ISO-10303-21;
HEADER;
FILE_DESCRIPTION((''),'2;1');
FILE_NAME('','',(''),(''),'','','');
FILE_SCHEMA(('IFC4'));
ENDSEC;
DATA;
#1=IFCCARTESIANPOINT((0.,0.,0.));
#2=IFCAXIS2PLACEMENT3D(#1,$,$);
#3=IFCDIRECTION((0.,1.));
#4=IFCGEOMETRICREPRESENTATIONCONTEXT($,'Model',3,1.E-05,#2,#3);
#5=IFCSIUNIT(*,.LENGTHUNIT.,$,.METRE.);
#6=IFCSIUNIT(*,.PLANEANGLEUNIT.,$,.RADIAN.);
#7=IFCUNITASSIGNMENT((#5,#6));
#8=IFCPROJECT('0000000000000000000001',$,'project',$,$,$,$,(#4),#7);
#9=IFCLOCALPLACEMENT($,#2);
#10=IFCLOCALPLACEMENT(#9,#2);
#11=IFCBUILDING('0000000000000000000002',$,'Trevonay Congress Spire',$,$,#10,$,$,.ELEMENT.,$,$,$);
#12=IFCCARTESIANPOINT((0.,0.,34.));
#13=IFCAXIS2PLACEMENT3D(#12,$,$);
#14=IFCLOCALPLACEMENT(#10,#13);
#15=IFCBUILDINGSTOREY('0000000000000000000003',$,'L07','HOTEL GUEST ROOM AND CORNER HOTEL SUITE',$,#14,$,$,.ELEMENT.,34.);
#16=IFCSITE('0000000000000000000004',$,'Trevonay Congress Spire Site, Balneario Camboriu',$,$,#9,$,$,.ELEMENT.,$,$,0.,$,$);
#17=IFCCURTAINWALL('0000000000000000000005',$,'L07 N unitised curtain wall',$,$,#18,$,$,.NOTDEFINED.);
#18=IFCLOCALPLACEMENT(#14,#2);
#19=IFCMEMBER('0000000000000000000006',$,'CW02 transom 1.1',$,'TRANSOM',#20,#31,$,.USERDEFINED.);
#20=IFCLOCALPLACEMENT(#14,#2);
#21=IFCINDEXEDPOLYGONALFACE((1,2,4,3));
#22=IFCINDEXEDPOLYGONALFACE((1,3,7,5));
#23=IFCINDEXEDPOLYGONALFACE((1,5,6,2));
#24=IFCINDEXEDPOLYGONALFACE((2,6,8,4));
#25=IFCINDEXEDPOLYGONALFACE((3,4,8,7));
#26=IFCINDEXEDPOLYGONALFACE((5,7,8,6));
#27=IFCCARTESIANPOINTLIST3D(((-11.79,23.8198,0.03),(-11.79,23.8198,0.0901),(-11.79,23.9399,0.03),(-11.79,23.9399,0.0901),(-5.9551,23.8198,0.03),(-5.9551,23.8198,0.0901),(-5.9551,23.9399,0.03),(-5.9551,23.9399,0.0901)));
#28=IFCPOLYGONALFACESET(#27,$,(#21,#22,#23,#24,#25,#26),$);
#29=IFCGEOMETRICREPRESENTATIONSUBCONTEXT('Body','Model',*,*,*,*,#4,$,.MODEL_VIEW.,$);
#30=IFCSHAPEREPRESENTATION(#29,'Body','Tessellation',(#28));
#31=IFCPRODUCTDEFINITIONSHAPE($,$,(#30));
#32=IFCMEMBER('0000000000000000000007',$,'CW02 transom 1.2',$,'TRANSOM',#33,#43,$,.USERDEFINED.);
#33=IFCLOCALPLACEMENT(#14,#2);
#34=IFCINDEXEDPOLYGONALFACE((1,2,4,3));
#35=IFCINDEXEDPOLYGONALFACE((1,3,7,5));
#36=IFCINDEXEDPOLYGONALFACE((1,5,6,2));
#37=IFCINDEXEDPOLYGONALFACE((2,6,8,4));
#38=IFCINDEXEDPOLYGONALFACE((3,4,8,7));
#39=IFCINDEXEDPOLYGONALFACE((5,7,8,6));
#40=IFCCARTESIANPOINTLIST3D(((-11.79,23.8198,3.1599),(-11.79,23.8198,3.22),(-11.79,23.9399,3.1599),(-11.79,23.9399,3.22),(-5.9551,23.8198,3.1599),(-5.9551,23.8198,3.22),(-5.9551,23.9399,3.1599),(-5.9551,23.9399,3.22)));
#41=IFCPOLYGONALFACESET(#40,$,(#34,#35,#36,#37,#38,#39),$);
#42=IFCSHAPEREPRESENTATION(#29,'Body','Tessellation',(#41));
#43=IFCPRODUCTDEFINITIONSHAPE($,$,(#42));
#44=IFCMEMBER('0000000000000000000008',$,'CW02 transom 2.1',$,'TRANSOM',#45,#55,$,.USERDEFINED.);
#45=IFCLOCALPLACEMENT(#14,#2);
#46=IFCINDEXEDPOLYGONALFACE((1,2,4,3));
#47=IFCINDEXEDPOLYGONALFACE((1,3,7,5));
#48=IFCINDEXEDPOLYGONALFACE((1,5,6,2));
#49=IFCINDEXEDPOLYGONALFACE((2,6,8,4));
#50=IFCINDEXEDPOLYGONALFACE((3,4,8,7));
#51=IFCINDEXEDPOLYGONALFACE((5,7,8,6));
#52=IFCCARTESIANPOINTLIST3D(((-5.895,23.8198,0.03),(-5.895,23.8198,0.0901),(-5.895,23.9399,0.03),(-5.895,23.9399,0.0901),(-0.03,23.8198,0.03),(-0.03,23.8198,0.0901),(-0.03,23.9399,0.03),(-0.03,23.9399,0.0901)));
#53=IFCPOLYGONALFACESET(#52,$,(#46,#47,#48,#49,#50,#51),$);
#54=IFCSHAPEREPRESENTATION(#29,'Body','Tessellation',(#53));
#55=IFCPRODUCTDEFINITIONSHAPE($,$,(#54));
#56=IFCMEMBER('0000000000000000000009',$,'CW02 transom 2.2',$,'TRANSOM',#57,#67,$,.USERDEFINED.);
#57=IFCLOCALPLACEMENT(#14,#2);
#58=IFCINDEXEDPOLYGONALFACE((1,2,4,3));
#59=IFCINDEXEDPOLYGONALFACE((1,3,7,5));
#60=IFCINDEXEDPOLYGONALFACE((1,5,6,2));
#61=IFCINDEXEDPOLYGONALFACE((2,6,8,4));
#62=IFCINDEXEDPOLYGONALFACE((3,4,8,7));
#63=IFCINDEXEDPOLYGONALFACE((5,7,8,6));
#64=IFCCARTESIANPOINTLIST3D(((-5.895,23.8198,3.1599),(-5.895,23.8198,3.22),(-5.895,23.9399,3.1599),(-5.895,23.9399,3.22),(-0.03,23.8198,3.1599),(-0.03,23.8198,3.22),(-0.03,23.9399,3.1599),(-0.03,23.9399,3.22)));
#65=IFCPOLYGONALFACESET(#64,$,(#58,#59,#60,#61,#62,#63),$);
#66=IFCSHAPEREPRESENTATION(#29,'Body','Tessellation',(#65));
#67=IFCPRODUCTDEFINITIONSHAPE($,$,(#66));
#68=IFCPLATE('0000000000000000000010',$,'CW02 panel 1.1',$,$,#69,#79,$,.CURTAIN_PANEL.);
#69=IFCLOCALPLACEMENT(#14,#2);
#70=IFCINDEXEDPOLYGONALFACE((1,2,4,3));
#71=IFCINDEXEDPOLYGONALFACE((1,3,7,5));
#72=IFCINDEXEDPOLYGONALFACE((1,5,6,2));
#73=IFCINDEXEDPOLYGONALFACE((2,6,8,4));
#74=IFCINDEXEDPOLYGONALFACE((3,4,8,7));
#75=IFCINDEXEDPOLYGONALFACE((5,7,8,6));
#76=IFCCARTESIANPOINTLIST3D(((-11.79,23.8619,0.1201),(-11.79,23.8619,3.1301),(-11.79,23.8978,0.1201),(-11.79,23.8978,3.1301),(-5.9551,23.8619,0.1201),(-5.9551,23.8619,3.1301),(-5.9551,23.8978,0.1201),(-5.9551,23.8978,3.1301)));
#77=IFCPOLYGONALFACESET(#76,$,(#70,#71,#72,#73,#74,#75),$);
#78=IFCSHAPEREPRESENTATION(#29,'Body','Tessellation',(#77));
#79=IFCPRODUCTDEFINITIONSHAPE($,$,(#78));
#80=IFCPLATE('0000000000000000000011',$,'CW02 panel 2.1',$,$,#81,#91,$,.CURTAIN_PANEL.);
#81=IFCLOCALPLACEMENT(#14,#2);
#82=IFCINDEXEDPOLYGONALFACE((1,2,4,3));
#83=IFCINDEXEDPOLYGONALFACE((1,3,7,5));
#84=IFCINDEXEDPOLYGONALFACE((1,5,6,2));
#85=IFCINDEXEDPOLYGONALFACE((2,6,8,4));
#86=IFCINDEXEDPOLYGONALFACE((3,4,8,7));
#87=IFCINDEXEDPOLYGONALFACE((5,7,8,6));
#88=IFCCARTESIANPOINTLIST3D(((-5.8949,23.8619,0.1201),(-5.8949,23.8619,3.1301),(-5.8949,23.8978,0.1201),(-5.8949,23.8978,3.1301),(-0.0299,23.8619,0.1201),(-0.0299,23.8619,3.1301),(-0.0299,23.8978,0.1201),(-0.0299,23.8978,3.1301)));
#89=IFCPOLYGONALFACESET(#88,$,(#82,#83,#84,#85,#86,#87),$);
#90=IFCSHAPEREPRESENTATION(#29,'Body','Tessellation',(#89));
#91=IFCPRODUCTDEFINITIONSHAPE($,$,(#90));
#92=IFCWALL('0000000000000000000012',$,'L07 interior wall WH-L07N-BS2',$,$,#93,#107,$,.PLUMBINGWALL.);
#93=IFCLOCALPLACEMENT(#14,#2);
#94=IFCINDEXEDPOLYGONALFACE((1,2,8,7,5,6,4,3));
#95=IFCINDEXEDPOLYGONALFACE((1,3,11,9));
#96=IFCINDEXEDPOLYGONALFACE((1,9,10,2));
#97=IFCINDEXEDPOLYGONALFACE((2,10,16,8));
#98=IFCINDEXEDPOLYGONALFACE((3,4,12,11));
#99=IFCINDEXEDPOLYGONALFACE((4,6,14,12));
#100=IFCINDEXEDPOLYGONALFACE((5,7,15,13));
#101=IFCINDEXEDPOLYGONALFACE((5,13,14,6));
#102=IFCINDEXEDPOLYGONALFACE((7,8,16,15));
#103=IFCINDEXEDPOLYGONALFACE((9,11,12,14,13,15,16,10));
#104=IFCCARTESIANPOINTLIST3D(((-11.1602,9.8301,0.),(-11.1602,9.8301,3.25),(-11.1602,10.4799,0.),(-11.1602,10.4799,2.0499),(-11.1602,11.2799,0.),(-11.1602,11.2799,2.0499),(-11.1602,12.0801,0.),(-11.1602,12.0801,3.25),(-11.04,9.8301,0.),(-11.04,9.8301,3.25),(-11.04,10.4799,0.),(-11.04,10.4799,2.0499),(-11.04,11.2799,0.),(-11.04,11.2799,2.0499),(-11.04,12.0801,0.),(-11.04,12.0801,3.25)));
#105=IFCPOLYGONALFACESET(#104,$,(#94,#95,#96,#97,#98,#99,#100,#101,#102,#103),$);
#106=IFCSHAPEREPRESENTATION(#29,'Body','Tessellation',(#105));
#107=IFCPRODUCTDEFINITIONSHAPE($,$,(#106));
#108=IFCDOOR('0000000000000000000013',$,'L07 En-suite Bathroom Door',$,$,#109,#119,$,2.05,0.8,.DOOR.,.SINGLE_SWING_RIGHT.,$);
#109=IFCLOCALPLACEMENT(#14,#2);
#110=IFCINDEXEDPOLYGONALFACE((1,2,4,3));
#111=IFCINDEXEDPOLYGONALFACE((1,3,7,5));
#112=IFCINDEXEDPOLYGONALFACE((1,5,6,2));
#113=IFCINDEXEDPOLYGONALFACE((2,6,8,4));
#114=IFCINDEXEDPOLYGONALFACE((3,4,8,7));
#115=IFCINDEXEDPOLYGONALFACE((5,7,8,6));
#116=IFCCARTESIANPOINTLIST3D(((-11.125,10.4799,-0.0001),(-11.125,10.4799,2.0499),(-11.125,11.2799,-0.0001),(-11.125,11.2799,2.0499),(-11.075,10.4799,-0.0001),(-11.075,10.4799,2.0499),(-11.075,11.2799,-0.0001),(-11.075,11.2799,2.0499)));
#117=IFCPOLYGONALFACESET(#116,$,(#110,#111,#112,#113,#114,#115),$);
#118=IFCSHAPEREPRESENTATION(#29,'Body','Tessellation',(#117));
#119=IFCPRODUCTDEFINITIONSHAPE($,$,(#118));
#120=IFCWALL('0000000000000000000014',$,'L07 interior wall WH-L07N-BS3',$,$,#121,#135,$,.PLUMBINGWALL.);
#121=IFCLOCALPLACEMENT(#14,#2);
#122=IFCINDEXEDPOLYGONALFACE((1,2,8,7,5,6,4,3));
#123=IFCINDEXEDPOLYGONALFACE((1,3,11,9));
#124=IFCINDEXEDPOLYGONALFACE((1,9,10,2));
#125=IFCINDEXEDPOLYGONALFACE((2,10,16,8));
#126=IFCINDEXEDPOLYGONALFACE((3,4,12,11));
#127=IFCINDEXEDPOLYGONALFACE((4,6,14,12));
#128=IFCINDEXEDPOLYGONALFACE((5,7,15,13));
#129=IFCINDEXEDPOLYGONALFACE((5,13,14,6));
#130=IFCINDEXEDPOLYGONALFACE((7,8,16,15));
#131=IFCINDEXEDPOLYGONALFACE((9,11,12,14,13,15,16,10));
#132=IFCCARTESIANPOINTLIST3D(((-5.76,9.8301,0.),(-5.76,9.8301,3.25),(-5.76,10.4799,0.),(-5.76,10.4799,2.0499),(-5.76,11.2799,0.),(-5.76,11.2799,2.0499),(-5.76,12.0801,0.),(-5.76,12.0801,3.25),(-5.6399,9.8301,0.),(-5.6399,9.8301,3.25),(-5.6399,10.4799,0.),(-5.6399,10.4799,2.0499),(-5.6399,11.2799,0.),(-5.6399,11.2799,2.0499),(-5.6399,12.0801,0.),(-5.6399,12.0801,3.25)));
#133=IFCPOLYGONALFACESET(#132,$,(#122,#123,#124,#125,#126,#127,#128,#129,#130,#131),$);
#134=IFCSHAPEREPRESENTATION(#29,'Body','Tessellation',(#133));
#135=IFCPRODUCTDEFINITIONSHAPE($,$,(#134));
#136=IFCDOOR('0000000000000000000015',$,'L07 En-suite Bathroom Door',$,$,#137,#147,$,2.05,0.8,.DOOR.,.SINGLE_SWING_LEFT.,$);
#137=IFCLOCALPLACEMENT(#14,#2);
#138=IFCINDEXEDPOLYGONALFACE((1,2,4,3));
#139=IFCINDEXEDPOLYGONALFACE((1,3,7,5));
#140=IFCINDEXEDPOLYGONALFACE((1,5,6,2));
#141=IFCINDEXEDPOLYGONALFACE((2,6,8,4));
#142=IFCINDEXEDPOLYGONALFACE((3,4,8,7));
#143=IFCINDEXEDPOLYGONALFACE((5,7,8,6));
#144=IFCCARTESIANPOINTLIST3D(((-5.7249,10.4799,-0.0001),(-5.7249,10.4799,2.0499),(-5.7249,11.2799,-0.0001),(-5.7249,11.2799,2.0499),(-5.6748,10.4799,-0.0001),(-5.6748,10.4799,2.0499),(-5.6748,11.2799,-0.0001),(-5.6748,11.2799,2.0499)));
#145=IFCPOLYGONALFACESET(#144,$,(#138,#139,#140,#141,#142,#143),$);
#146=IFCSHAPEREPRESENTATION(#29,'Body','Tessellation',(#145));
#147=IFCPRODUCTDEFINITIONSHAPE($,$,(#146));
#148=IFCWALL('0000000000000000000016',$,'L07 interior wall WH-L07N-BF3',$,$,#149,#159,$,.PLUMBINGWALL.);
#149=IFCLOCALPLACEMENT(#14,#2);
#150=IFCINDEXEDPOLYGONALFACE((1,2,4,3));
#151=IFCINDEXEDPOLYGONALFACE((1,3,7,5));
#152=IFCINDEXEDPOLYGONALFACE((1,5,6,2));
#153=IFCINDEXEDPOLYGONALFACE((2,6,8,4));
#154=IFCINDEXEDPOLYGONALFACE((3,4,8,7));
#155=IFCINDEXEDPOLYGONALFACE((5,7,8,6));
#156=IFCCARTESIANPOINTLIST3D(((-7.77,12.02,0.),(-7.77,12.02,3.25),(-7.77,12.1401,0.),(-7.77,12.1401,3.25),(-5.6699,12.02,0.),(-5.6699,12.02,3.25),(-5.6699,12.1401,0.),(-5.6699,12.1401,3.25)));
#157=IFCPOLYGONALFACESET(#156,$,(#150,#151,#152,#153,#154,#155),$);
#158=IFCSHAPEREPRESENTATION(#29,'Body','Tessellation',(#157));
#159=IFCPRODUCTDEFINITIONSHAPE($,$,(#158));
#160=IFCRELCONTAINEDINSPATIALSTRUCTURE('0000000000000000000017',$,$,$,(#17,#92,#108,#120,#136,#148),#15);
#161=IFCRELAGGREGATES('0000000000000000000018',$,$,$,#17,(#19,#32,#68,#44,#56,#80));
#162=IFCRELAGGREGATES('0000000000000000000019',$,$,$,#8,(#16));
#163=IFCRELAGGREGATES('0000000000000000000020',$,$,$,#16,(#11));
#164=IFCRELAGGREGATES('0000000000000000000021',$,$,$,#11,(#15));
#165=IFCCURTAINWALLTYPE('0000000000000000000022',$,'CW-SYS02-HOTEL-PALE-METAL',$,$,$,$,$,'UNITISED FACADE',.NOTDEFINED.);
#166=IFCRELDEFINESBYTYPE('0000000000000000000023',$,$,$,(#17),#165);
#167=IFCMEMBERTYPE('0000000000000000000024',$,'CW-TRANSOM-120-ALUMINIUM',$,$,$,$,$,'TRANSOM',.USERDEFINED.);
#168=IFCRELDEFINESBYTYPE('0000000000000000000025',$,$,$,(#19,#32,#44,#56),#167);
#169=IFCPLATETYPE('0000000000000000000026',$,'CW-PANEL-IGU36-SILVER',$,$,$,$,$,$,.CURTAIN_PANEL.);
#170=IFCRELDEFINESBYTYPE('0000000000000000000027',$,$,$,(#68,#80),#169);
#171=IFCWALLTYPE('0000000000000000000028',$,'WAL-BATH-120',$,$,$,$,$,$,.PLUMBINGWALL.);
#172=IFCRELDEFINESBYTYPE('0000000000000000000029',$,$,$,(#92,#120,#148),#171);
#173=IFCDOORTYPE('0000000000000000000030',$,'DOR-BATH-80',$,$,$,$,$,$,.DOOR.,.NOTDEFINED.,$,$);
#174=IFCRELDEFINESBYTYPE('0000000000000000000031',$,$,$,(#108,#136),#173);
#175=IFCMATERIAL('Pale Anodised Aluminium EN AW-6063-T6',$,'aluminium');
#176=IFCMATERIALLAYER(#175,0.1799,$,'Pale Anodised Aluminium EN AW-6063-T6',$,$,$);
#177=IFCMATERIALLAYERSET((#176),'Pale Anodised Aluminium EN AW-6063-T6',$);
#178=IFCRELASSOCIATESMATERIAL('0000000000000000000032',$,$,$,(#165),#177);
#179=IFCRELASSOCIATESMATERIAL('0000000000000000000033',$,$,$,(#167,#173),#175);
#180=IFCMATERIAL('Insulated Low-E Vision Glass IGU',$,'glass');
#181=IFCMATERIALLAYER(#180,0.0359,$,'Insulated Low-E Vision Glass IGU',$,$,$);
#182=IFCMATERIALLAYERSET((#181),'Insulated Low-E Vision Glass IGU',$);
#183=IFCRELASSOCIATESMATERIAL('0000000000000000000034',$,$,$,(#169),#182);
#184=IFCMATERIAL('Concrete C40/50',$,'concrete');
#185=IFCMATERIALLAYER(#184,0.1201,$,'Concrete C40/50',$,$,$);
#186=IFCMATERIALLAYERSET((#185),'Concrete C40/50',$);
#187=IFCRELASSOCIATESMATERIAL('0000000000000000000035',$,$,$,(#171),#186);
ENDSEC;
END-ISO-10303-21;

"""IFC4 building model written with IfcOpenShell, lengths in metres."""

from ifc_helpers import new_model, si_unit, direction, frame, frame_2d, origin, origin_2d, place, context, subcontext, project, spatial, rectangle, extrude, material, layer, layer_set, material_profile, profile_set, type_object, element, fill, aggregate, save


model = new_model("IFC4")

# Units and contexts
model_context = context("Model", 3, precision=1e-05, world=origin(), true_north=direction((0.0, 1.0)))
body_context = subcontext(model_context, "Body", "Model", "MODEL_VIEW")
ifc_project = project(units=[si_unit("LENGTHUNIT", "METRE"), si_unit("PLANEANGLEUNIT", "RADIAN")], contexts=[model_context])

# Site, building, storey
site_placement = place(None, origin())
site = spatial("IfcSite", under=ifc_project, at=site_placement, Name="Trevonay Congress Spire Site, Balneario Camboriu", CompositionType="ELEMENT", RefElevation=0.0)
building_placement = place(site_placement, origin())
building = spatial("IfcBuilding", under=site, at=building_placement, Name="Trevonay Congress Spire", CompositionType="ELEMENT")
storey_placement = place(building_placement, frame((0.0, 0.0, 34.0)))
storey = spatial("IfcBuildingStorey", under=building, at=storey_placement, Name="L07", Description="HOTEL GUEST ROOM AND CORNER HOTEL SUITE", CompositionType="ELEMENT", Elevation=34.0)

# Curtain wall, members, plates
ifc_material_1 = material(Name="Pale Anodised Aluminium EN AW-6063-T6", Category="aluminium")
ifc_layer_1 = layer(ifc_material_1, 0.1799, Name="Pale Anodised Aluminium EN AW-6063-T6")
ifc_layer_set_1 = layer_set([ifc_layer_1], Name="Pale Anodised Aluminium EN AW-6063-T6")
curtain_wall_type = type_object("IfcCurtainWallType", Name="CW-SYS02-HOTEL-PALE-METAL", ElementType="UNITISED FACADE", PredefinedType="NOTDEFINED", material=ifc_layer_set_1)
curtain_wall_placement = place(storey_placement, origin())
curtain_wall = element("IfcCurtainWall", 1, at=curtain_wall_placement, inside=storey, type_object=curtain_wall_type, Name="L07 N unitised curtain wall", PredefinedType="NOTDEFINED")
ifc_material_profile_1 = material_profile(ifc_material_1, rectangle(XDim=0.1201, YDim=0.0601, at=origin_2d()), Name="CW-TRANSOM-120-ALUMINIUM")
ifc_profile_set_1 = profile_set([ifc_material_profile_1], Name="Pale Anodised Aluminium EN AW-6063-T6")
member_type_1 = type_object("IfcMemberType", Name="CW-TRANSOM-120-ALUMINIUM", ElementType="TRANSOM", PredefinedType="USERDEFINED", material=ifc_profile_set_1)
member_1_placement = place(storey_placement, frame((-11.79, 23.8799, 0.0601), z_axis=(1.0, 0.0, 0.0), x_axis=(0.0, 1.0, 0.0)))
member_1 = element("IfcMember", 2, at=member_1_placement, type_object=member_type_1, Name="CW02 transom 1.1", ObjectType="TRANSOM", PredefinedType="USERDEFINED", context=body_context, shape_type="SweptSolid", body=[
    extrude(rectangle(XDim=0.1201, YDim=0.0601, at=origin_2d()), origin(), (0.0, 0.0, 1.0), 5.835),
])
member_2_placement = place(storey_placement, frame((-11.79, 23.8799, 3.1899), z_axis=(1.0, 0.0, 0.0), x_axis=(0.0, 1.0, 0.0)))
member_2 = element("IfcMember", 3, at=member_2_placement, type_object=member_type_1, Name="CW02 transom 1.2", ObjectType="TRANSOM", PredefinedType="USERDEFINED", context=body_context, shape_type="SweptSolid", body=[
    extrude(rectangle(XDim=0.1201, YDim=0.0601, at=origin_2d()), origin(), (0.0, 0.0, 1.0), 5.835),
])
member_3_placement = place(storey_placement, frame((-5.895, 23.8799, 0.0601), z_axis=(1.0, 0.0, 0.0), x_axis=(0.0, 1.0, 0.0)))
member_3 = element("IfcMember", 4, at=member_3_placement, type_object=member_type_1, Name="CW02 transom 2.1", ObjectType="TRANSOM", PredefinedType="USERDEFINED", context=body_context, shape_type="SweptSolid", body=[
    extrude(rectangle(XDim=0.1201, YDim=0.0601, at=origin_2d()), origin(), (0.0, 0.0, 1.0), 5.865),
])
member_4_placement = place(storey_placement, frame((-5.895, 23.8799, 3.1899), z_axis=(1.0, 0.0, 0.0), x_axis=(0.0, 1.0, 0.0)))
member_4 = element("IfcMember", 5, at=member_4_placement, type_object=member_type_1, Name="CW02 transom 2.2", ObjectType="TRANSOM", PredefinedType="USERDEFINED", context=body_context, shape_type="SweptSolid", body=[
    extrude(rectangle(XDim=0.1201, YDim=0.0601, at=origin_2d()), origin(), (0.0, 0.0, 1.0), 5.865),
])
ifc_material_2 = material(Name="Insulated Low-E Vision Glass IGU", Category="glass")
ifc_layer_2 = layer(ifc_material_2, 0.0359, Name="Insulated Low-E Vision Glass IGU")
ifc_layer_set_2 = layer_set([ifc_layer_2], Name="Insulated Low-E Vision Glass IGU")
plate_type = type_object("IfcPlateType", Name="CW-PANEL-IGU36-SILVER", PredefinedType="CURTAIN_PANEL", material=ifc_layer_set_2)
plate_1_placement = place(storey_placement, frame((-8.8726, 23.8799, 0.1201), z_axis=(0.0, 0.0, 1.0), x_axis=(1.0, 0.0, 0.0)))
plate_1 = element("IfcPlate", 6, at=plate_1_placement, type_object=plate_type, Name="CW02 panel 1.1", PredefinedType="CURTAIN_PANEL", context=body_context, shape_type="SweptSolid", body=[
    extrude(rectangle(XDim=5.835, YDim=0.0359, at=origin_2d()), origin(), (0.0, 0.0, 1.0), 3.01),
])
plate_2_placement = place(storey_placement, frame((-2.9624, 23.8799, 0.1201), z_axis=(0.0, 0.0, 1.0), x_axis=(1.0, 0.0, 0.0)))
plate_2 = element("IfcPlate", 7, at=plate_2_placement, type_object=plate_type, Name="CW02 panel 2.1", PredefinedType="CURTAIN_PANEL", context=body_context, shape_type="SweptSolid", body=[
    extrude(rectangle(XDim=5.865, YDim=0.0359, at=origin_2d()), origin(), (0.0, 0.0, 1.0), 3.01),
])
aggregate(curtain_wall, [member_1, member_2, plate_1, member_3, member_4, plate_2])

# Walls, openings, doors
ifc_material_3 = material(Name="Concrete C40/50", Category="concrete")
ifc_layer_3 = layer(ifc_material_3, 0.1201, Name="Concrete C40/50")
ifc_layer_set_3 = layer_set([ifc_layer_3], Name="Concrete C40/50")
wall_type_1 = type_object("IfcWallType", Name="WAL-BATH-120", PredefinedType="PLUMBINGWALL", material=ifc_layer_set_3)
wall_1_placement = place(storey_placement, frame((-11.1001, 9.8301, 0.0), z_axis=(0.0, 0.0, 1.0), x_axis=(0.0, 1.0, 0.0)))
wall_1 = element("IfcWall", 8, at=wall_1_placement, inside=storey, type_object=wall_type_1, Name="L07 interior wall WH-L07N-BS2", PredefinedType="PLUMBINGWALL", context=body_context, shape_type="SweptSolid", body=[
    extrude(rectangle(XDim=2.25, YDim=0.1201, at=frame_2d((1.125, 0.0))), origin(), (0.0, 0.0, 1.0), 3.25),
])
opening_1_placement = place(wall_1_placement, frame((0.6499, 0.0, 0.0)))
opening_1 = element("IfcOpeningElement", 9, at=opening_1_placement, cuts=wall_1, PredefinedType="OPENING", context=body_context, shape_type="SweptSolid", body=[
    extrude(rectangle(XDim=0.8, YDim=2.05, at=frame_2d((0.3999, 1.0249))), frame((0.0, 0.0701, 0.0), z_axis=(0.0, -1.0, 0.0), x_axis=(1.0, 0.0, 0.0)), (0.0, 0.0, 1.0), 0.1401),
])
door_type = type_object("IfcDoorType", Name="DOR-BATH-80", OperationType="NOTDEFINED", PredefinedType="DOOR", material=ifc_material_1)
door_1_placement = place(opening_1_placement, origin())
door_1 = element("IfcDoor", 10, at=door_1_placement, inside=storey, type_object=door_type, Name="L07 En-suite Bathroom Door", OperationType="SINGLE_SWING_RIGHT", OverallHeight=2.05, OverallWidth=0.8, PredefinedType="DOOR", context=body_context, shape_type="SweptSolid", body=[
    extrude(rectangle(XDim=0.8, YDim=2.05, at=frame_2d((0.3999, 1.0249))), frame((0.0, 0.0249, 0.0), z_axis=(0.0, -1.0, 0.0), x_axis=(1.0, 0.0, 0.0)), (0.0, 0.0, 1.0), 0.05),
])
fill(opening_1, door_1)
wall_2_placement = place(storey_placement, frame((-5.7, 9.8301, 0.0), z_axis=(0.0, 0.0, 1.0), x_axis=(0.0, 1.0, 0.0)))
wall_2 = element("IfcWall", 11, at=wall_2_placement, inside=storey, type_object=wall_type_1, Name="L07 interior wall WH-L07N-BS3", PredefinedType="PLUMBINGWALL", context=body_context, shape_type="SweptSolid", body=[
    extrude(rectangle(XDim=2.25, YDim=0.1201, at=frame_2d((1.125, 0.0))), origin(), (0.0, 0.0, 1.0), 3.25),
])
opening_2_placement = place(wall_2_placement, frame((0.6499, 0.0, 0.0)))
opening_2 = element("IfcOpeningElement", 12, at=opening_2_placement, cuts=wall_2, PredefinedType="OPENING", context=body_context, shape_type="SweptSolid", body=[
    extrude(rectangle(XDim=0.8, YDim=2.05, at=frame_2d((0.3999, 1.0249))), frame((0.0, 0.0701, 0.0), z_axis=(0.0, -1.0, 0.0), x_axis=(1.0, 0.0, 0.0)), (0.0, 0.0, 1.0), 0.1401),
])
door_2_placement = place(opening_2_placement, origin())
door_2 = element("IfcDoor", 13, at=door_2_placement, inside=storey, type_object=door_type, Name="L07 En-suite Bathroom Door", OperationType="SINGLE_SWING_LEFT", OverallHeight=2.05, OverallWidth=0.8, PredefinedType="DOOR", context=body_context, shape_type="SweptSolid", body=[
    extrude(rectangle(XDim=0.8, YDim=2.05, at=frame_2d((0.3999, 1.0249))), frame((0.0, 0.0249, 0.0), z_axis=(0.0, -1.0, 0.0), x_axis=(1.0, 0.0, 0.0)), (0.0, 0.0, 1.0), 0.05),
])
fill(opening_2, door_2)

# Wall
wall_3_placement = place(storey_placement, frame((-7.77, 12.0801, 0.0), z_axis=(0.0, 0.0, 1.0), x_axis=(1.0, 0.0, 0.0)))
element("IfcWall", 14, at=wall_3_placement, inside=storey, type_object=wall_type_1, Name="L07 interior wall WH-L07N-BF3", PredefinedType="PLUMBINGWALL", context=body_context, shape_type="SweptSolid", body=[
    extrude(rectangle(XDim=2.1001, YDim=0.1201, at=frame_2d((1.05, 0.0))), origin(), (0.0, 0.0, 1.0), 3.25),
])

save(model, "model.ifc")
